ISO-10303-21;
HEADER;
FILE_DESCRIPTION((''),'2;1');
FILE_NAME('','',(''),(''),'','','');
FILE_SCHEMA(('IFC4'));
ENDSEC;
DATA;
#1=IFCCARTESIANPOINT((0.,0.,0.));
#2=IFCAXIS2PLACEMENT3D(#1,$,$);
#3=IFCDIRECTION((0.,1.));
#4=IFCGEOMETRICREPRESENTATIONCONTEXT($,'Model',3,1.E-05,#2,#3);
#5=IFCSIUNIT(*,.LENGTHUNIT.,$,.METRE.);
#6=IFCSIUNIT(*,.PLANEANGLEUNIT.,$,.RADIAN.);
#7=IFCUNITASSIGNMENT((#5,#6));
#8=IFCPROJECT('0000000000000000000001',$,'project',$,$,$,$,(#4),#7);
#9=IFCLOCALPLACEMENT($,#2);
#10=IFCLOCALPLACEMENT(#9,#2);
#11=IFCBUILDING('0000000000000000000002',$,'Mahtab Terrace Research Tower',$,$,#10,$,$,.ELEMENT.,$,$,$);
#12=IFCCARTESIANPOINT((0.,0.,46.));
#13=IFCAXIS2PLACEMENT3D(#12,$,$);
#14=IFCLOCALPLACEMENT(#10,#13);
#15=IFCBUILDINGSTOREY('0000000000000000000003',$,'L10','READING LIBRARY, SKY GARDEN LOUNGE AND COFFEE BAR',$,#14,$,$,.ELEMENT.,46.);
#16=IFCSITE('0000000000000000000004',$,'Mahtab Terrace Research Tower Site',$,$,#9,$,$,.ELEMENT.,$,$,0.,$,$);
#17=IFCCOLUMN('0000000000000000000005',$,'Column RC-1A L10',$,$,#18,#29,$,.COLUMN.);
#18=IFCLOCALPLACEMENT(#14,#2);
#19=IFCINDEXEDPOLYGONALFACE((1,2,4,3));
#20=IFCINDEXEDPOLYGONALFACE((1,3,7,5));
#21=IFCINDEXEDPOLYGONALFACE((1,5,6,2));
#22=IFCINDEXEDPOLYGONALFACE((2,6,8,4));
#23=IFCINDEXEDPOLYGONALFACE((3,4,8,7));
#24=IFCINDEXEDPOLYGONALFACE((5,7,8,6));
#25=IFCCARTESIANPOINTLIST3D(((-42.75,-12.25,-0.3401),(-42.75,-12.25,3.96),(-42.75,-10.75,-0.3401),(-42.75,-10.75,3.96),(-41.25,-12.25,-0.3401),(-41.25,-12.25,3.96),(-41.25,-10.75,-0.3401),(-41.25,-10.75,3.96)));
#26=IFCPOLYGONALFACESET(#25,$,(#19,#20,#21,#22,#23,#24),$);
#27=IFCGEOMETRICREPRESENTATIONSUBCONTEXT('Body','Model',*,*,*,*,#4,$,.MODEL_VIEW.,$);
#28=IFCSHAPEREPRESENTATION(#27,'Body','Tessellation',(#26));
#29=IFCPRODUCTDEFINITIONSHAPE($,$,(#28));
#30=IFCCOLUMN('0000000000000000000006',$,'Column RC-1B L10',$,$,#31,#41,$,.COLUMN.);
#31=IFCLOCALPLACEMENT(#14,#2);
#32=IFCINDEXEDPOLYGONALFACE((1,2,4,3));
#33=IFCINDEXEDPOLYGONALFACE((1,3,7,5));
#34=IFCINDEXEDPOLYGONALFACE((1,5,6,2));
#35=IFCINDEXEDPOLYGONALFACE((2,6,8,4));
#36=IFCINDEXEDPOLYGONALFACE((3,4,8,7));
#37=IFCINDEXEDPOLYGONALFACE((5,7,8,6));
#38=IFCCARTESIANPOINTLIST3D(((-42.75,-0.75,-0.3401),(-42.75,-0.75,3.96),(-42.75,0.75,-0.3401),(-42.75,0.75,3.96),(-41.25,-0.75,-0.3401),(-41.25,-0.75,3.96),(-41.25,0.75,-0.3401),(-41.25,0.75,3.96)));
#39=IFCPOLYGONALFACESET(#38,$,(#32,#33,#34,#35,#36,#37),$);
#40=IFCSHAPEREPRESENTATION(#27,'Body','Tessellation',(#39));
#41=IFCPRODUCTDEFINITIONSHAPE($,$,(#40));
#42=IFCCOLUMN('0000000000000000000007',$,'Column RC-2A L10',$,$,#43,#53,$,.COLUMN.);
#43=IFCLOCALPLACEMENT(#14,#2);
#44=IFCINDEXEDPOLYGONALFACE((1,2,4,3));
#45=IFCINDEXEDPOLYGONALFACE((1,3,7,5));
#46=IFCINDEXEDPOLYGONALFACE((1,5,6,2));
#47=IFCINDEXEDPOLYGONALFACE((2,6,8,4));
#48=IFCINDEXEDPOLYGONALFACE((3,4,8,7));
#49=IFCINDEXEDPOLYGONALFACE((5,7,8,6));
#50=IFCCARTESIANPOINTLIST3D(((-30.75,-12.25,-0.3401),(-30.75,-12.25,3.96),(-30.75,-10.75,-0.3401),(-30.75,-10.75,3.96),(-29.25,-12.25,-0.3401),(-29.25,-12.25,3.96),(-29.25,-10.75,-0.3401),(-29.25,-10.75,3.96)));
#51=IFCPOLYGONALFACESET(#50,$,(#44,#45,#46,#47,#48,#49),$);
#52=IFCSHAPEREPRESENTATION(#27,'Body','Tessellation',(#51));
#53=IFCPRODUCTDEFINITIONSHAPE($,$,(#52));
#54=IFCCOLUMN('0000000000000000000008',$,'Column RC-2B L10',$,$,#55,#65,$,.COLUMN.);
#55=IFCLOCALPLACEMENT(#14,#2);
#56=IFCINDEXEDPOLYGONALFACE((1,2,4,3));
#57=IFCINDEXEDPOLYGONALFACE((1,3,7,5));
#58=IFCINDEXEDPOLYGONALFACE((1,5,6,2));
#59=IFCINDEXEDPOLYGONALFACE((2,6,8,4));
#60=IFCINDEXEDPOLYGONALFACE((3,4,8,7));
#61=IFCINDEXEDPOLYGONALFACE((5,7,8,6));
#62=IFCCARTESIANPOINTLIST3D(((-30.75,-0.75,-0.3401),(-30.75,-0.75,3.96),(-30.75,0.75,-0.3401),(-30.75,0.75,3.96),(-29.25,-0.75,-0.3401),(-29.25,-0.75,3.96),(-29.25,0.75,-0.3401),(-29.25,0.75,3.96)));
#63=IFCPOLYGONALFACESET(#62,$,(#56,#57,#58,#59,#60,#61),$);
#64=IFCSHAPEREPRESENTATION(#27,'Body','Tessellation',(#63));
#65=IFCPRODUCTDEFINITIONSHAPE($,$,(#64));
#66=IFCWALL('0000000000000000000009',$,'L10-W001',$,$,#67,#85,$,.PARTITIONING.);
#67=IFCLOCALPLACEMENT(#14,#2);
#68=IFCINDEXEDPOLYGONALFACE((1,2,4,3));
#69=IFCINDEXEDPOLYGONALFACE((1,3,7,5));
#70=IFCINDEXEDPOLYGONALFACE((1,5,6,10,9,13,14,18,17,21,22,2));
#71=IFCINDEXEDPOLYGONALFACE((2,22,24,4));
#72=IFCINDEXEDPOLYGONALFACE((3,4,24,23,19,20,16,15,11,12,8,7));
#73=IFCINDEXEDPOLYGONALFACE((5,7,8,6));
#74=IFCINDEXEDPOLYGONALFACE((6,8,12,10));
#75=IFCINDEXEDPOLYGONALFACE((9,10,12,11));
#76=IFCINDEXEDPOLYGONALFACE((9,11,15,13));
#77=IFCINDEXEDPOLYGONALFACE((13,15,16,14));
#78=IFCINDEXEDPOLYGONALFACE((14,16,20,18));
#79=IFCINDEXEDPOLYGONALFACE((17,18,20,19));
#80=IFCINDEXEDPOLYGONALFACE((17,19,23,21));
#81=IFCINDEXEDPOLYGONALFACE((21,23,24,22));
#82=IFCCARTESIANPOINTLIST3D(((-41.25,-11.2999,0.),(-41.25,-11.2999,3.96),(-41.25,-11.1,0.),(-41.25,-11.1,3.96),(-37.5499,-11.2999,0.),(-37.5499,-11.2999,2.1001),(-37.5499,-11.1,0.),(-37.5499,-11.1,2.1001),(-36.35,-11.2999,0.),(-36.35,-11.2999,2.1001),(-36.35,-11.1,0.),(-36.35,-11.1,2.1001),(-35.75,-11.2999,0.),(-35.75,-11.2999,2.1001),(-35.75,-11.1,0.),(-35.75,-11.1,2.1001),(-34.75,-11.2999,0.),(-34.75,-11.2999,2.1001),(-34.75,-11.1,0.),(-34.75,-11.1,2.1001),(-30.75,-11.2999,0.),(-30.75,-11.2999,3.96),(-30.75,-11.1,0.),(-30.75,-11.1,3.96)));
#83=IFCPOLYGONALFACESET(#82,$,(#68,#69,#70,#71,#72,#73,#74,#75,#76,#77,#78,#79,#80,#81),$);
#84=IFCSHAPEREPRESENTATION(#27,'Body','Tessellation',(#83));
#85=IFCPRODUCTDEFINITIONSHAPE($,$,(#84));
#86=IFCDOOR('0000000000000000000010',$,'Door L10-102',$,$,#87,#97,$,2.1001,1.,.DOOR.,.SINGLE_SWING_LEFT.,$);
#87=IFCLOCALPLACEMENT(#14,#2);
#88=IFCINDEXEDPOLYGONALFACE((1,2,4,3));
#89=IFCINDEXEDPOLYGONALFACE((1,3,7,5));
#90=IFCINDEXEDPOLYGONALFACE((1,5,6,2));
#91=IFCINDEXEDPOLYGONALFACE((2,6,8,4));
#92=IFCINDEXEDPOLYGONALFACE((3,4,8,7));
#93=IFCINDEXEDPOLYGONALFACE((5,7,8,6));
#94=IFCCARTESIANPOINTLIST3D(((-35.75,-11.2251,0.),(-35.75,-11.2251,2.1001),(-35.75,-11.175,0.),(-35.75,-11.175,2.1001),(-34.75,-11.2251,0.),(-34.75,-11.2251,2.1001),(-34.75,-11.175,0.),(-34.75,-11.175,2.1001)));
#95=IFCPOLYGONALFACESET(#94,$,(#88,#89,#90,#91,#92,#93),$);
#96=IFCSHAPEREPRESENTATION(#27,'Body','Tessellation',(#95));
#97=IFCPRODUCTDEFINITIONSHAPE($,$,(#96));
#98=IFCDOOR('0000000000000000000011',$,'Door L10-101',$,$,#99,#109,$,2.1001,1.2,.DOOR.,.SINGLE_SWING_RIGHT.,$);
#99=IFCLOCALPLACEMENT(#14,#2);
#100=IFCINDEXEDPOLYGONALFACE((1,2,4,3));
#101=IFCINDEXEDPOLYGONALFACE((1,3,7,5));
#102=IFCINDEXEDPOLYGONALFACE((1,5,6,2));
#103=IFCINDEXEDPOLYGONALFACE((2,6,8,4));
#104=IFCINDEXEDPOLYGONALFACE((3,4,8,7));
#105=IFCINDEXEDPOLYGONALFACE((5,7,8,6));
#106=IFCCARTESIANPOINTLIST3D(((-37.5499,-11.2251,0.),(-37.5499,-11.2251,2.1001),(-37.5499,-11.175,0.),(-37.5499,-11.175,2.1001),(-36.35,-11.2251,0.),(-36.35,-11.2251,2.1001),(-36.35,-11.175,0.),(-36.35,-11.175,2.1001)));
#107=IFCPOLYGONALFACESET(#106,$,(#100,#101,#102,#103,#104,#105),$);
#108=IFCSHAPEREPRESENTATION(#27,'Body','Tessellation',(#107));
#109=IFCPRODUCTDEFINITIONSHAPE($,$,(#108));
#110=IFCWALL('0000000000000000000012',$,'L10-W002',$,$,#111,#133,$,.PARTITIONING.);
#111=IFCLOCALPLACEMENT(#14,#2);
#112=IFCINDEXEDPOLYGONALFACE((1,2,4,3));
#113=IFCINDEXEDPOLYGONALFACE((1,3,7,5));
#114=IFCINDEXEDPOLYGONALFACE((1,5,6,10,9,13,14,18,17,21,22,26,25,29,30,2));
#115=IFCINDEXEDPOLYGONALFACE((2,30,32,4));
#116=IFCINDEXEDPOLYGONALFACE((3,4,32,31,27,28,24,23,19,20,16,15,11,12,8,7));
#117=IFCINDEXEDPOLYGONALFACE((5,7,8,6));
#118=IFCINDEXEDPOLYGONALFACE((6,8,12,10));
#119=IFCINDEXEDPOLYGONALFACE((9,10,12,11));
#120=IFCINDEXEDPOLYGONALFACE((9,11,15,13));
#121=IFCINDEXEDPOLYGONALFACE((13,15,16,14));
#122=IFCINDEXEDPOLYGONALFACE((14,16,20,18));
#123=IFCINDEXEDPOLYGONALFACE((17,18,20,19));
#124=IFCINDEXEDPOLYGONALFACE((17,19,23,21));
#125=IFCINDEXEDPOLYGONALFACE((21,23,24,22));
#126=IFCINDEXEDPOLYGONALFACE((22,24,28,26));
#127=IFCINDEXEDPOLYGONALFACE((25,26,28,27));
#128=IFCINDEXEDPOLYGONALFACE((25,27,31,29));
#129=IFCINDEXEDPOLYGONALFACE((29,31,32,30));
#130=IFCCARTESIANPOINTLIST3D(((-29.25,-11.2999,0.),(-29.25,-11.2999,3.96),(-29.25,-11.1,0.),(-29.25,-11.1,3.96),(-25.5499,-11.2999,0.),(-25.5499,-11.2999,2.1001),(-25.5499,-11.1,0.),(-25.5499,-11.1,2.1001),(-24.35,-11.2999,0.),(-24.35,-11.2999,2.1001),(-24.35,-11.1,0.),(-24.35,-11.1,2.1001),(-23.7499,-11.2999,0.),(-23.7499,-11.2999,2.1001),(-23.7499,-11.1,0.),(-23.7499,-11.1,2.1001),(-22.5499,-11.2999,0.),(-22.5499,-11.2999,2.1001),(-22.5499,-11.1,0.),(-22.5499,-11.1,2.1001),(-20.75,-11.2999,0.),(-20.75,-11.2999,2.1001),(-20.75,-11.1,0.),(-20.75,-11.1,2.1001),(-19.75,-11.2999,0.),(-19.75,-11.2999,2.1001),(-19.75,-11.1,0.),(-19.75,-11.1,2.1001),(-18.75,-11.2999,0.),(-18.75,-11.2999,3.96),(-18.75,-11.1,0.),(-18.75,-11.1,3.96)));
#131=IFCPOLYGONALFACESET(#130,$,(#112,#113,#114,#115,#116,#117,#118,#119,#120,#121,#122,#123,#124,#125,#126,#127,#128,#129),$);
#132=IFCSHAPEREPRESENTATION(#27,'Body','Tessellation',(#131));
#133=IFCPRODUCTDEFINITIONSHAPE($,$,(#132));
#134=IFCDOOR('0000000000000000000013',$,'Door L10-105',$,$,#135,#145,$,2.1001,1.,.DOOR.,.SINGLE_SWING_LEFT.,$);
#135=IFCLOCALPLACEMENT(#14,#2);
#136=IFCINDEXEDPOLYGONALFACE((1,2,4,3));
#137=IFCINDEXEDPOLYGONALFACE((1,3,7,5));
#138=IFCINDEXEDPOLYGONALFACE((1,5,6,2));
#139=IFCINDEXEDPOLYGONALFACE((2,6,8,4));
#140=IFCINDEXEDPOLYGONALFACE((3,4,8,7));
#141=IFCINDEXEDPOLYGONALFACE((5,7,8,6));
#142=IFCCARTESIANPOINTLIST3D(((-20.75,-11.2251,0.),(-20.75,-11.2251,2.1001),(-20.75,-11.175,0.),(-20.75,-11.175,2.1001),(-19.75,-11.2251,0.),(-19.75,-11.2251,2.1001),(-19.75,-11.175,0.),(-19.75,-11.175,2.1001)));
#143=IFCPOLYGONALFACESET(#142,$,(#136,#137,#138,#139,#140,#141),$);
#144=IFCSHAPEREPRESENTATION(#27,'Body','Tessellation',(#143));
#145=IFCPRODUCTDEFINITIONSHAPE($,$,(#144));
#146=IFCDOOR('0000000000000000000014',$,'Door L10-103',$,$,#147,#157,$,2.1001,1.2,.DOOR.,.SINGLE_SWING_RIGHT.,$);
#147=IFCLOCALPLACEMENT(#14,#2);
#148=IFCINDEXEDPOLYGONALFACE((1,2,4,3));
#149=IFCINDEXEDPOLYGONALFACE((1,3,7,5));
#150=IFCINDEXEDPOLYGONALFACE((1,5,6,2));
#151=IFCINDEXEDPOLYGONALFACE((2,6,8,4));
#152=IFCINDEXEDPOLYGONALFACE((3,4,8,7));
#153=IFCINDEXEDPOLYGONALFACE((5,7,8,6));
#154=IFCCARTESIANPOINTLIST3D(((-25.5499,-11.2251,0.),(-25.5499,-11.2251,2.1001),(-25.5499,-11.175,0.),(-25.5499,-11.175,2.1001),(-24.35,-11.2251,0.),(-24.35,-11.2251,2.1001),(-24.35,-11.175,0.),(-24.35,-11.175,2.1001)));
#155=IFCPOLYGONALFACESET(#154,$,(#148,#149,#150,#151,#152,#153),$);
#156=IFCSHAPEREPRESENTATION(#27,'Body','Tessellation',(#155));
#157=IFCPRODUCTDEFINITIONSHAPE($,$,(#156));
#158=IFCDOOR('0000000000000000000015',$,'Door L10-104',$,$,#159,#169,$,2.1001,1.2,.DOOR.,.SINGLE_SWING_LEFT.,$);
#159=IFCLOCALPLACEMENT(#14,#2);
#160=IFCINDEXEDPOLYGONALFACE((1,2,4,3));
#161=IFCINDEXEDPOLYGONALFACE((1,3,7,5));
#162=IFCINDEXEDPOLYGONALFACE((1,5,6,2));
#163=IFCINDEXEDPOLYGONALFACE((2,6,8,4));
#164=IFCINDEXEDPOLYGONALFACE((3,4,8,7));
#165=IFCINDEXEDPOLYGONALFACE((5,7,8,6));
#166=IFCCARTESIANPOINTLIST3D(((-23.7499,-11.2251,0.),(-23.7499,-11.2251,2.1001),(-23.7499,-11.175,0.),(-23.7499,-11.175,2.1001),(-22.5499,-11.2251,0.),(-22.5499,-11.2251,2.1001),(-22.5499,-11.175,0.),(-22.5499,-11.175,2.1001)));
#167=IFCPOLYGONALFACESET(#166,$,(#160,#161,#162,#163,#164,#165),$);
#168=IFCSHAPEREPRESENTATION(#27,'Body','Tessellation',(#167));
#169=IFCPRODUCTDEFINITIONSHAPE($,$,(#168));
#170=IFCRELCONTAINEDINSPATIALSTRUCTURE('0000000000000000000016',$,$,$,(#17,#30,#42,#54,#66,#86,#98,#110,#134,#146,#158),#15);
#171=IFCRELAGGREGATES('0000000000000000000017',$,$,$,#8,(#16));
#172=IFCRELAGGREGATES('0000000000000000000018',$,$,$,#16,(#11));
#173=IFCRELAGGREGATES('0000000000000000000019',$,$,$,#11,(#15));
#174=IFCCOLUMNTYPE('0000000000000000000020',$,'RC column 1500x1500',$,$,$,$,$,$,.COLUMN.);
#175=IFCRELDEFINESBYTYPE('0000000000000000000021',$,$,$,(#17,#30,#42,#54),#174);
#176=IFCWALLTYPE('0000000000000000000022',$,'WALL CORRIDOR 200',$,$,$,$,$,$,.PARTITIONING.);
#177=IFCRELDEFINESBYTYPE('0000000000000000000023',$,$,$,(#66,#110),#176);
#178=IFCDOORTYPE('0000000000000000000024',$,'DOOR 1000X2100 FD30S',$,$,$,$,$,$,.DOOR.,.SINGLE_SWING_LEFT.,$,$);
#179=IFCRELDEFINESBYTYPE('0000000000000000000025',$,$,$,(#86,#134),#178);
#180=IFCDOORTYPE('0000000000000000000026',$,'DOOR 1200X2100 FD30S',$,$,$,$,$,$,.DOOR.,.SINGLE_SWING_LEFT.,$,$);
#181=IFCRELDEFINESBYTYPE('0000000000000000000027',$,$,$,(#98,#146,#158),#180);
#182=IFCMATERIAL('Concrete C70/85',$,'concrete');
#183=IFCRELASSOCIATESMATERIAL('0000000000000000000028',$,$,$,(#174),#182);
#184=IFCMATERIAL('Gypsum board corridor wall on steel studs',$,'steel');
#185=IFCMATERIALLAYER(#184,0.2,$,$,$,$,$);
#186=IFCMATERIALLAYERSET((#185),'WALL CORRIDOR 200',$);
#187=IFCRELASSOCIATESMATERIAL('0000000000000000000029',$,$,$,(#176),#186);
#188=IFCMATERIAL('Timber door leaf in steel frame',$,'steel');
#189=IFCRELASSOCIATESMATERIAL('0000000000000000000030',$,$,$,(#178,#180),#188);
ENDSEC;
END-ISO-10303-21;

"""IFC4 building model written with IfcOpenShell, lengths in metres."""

from ifc_helpers import new_model, si_unit, direction, frame, frame_2d, origin, origin_2d, place, context, subcontext, project, spatial, rectangle, extrude, material, layer, layer_set, material_profile, profile_set, type_object, element, fill, save


model = new_model("IFC4")

# Units and contexts
model_context = context("Model", 3, precision=1e-05, world=origin(), true_north=direction((0.0, 1.0)))
body_context = subcontext(model_context, "Body", "Model", "MODEL_VIEW")
ifc_project = project(units=[si_unit("LENGTHUNIT", "METRE"), si_unit("PLANEANGLEUNIT", "RADIAN")], contexts=[model_context])

# Site, building, storey
site_placement = place(None, origin())
site = spatial("IfcSite", under=ifc_project, at=site_placement, Name="Mahtab Terrace Research Tower Site", CompositionType="ELEMENT", RefElevation=0.0)
building_placement = place(site_placement, origin())
building = spatial("IfcBuilding", under=site, at=building_placement, Name="Mahtab Terrace Research Tower", CompositionType="ELEMENT")
storey_placement = place(building_placement, frame((0.0, 0.0, 46.0)))
storey = spatial("IfcBuildingStorey", under=building, at=storey_placement, Name="L10", Description="READING LIBRARY, SKY GARDEN LOUNGE AND COFFEE BAR", CompositionType="ELEMENT", Elevation=46.0)

# Columns
ifc_material_1 = material(Name="Concrete C70/85", Category="concrete")
ifc_material_profile = material_profile(ifc_material_1, rectangle(XDim=1.5, YDim=1.5, at=origin_2d()), Name="RC column 1500x1500")
ifc_profile_set = profile_set([ifc_material_profile], Name="Concrete C70/85")
column_type = type_object("IfcColumnType", Name="RC column 1500x1500", PredefinedType="COLUMN", material=ifc_profile_set)
for number, where, z_axis, x_axis, name in (
    (1, (-42.0, -11.5, -0.3401), (0.0, 0.0, 1.0), (1.0, 0.0, 0.0), "Column RC-1A L10"),
    (2, (-42.0, 0.0, -0.3401), (0.0, 0.0, 1.0), (1.0, 0.0, 0.0), "Column RC-1B L10"),
    (3, (-30.0, -11.5, -0.3401), (0.0, 0.0, 1.0), (1.0, 0.0, 0.0), "Column RC-2A L10"),
    (4, (-30.0, 0.0, -0.3401), (0.0, 0.0, 1.0), (1.0, 0.0, 0.0), "Column RC-2B L10"),
):
    element("IfcColumn", number, at=place(storey_placement, frame(where, z_axis=z_axis, x_axis=x_axis)), inside=storey, type_object=column_type, Name=name, PredefinedType="COLUMN", context=body_context, shape_type="SweptSolid", body=[
        extrude(rectangle(XDim=1.5, YDim=1.5, at=origin_2d()), origin(), (0.0, 0.0, 1.0), 4.3),
    ])

# Walls, openings, doors
ifc_material_2 = material(Name="Gypsum board corridor wall on steel studs", Category="steel")
ifc_layer_1 = layer(ifc_material_2, 0.2)
ifc_layer_set_1 = layer_set([ifc_layer_1], Name="WALL CORRIDOR 200")
wall_type_1 = type_object("IfcWallType", Name="WALL CORRIDOR 200", PredefinedType="PARTITIONING", material=ifc_layer_set_1)
wall_1_placement = place(storey_placement, frame((-41.25, -11.2, 0.0), z_axis=(0.0, 0.0, 1.0), x_axis=(1.0, 0.0, 0.0)))
wall_1 = element("IfcWall", 5, at=wall_1_placement, inside=storey, type_object=wall_type_1, Name="L10-W001", PredefinedType="PARTITIONING", context=body_context, shape_type="SweptSolid", body=[
    extrude(rectangle(XDim=10.5, YDim=0.2, at=frame_2d((5.25, 0.0))), origin(), (0.0, 0.0, 1.0), 3.96),
])
opening_1_placement = place(wall_1_placement, frame((3.7, 0.0, 0.0)))
opening_1 = element("IfcOpeningElement", 6, at=opening_1_placement, cuts=wall_1, PredefinedType="OPENING", context=body_context, shape_type="SweptSolid", body=[
    extrude(rectangle(XDim=1.2, YDim=2.1001, at=frame_2d((0.6001, 1.05))), frame((0.0, 0.1099, 0.0), z_axis=(0.0, -1.0, 0.0), x_axis=(1.0, 0.0, 0.0)), (0.0, 0.0, 1.0), 0.22),
])
opening_2_placement = place(wall_1_placement, frame((5.5, 0.0, 0.0)))
opening_2 = element("IfcOpeningElement", 7, at=opening_2_placement, cuts=wall_1, PredefinedType="OPENING", context=body_context, shape_type="SweptSolid", body=[
    extrude(rectangle(XDim=1.0, YDim=2.1001, at=frame_2d((0.5, 1.05))), frame((0.0, 0.1099, 0.0), z_axis=(0.0, -1.0, 0.0), x_axis=(1.0, 0.0, 0.0)), (0.0, 0.0, 1.0), 0.22),
])
ifc_material_3 = material(Name="Timber door leaf in steel frame", Category="steel")
door_type_1 = type_object("IfcDoorType", Name="DOOR 1000X2100 FD30S", OperationType="SINGLE_SWING_LEFT", PredefinedType="DOOR", material=ifc_material_3)
door_1_placement = place(opening_2_placement, origin())
door_1 = element("IfcDoor", 8, at=door_1_placement, inside=storey, type_object=door_type_1, Name="Door L10-102", OperationType="SINGLE_SWING_LEFT", OverallHeight=2.1001, OverallWidth=1.0, PredefinedType="DOOR", context=body_context, shape_type="SweptSolid", body=[
    extrude(rectangle(XDim=1.0, YDim=2.1001, at=frame_2d((0.5, 1.05))), frame((0.0, 0.0249, 0.0), z_axis=(0.0, -1.0, 0.0), x_axis=(1.0, 0.0, 0.0)), (0.0, 0.0, 1.0), 0.05),
])
fill(opening_2, door_1)
door_type_2 = type_object("IfcDoorType", Name="DOOR 1200X2100 FD30S", OperationType="SINGLE_SWING_LEFT", PredefinedType="DOOR", material=ifc_material_3)
door_2_placement = place(opening_1_placement, origin())
door_2 = element("IfcDoor", 9, at=door_2_placement, inside=storey, type_object=door_type_2, Name="Door L10-101", OperationType="SINGLE_SWING_RIGHT", OverallHeight=2.1001, OverallWidth=1.2, PredefinedType="DOOR", context=body_context, shape_type="SweptSolid", body=[
    extrude(rectangle(XDim=1.2, YDim=2.1001, at=frame_2d((0.6001, 1.05))), frame((0.0, 0.0249, 0.0), z_axis=(0.0, -1.0, 0.0), x_axis=(1.0, 0.0, 0.0)), (0.0, 0.0, 1.0), 0.05),
])
fill(opening_1, door_2)
wall_2_placement = place(storey_placement, frame((-29.25, -11.2, 0.0), z_axis=(0.0, 0.0, 1.0), x_axis=(1.0, 0.0, 0.0)))
wall_2 = element("IfcWall", 10, at=wall_2_placement, inside=storey, type_object=wall_type_1, Name="L10-W002", PredefinedType="PARTITIONING", context=body_context, shape_type="SweptSolid", body=[
    extrude(rectangle(XDim=10.5, YDim=0.2, at=frame_2d((5.25, 0.0))), origin(), (0.0, 0.0, 1.0), 3.96),
])
opening_3_placement = place(wall_2_placement, frame((3.7, 0.0, 0.0)))
opening_3 = element("IfcOpeningElement", 11, at=opening_3_placement, cuts=wall_2, PredefinedType="OPENING", context=body_context, shape_type="SweptSolid", body=[
    extrude(rectangle(XDim=1.2, YDim=2.1001, at=frame_2d((0.6001, 1.05))), frame((0.0, 0.1099, 0.0), z_axis=(0.0, -1.0, 0.0), x_axis=(1.0, 0.0, 0.0)), (0.0, 0.0, 1.0), 0.22),
])
opening_4_placement = place(wall_2_placement, frame((5.5, 0.0, 0.0)))
opening_4 = element("IfcOpeningElement", 12, at=opening_4_placement, cuts=wall_2, PredefinedType="OPENING", context=body_context, shape_type="SweptSolid", body=[
    extrude(rectangle(XDim=1.2, YDim=2.1001, at=frame_2d((0.6001, 1.05))), frame((0.0, 0.1099, 0.0), z_axis=(0.0, -1.0, 0.0), x_axis=(1.0, 0.0, 0.0)), (0.0, 0.0, 1.0), 0.22),
])
opening_5_placement = place(wall_2_placement, frame((8.5, 0.0, 0.0)))
opening_5 = element("IfcOpeningElement", 13, at=opening_5_placement, cuts=wall_2, PredefinedType="OPENING", context=body_context, shape_type="SweptSolid", body=[
    extrude(rectangle(XDim=1.0, YDim=2.1001, at=frame_2d((0.5, 1.05))), frame((0.0, 0.1099, 0.0), z_axis=(0.0, -1.0, 0.0), x_axis=(1.0, 0.0, 0.0)), (0.0, 0.0, 1.0), 0.22),
])
door_3_placement = place(opening_5_placement, origin())
door_3 = element("IfcDoor", 14, at=door_3_placement, inside=storey, type_object=door_type_1, Name="Door L10-105", OperationType="SINGLE_SWING_LEFT", OverallHeight=2.1001, OverallWidth=1.0, PredefinedType="DOOR", context=body_context, shape_type="SweptSolid", body=[
    extrude(rectangle(XDim=1.0, YDim=2.1001, at=frame_2d((0.5, 1.05))), frame((0.0, 0.0249, 0.0), z_axis=(0.0, -1.0, 0.0), x_axis=(1.0, 0.0, 0.0)), (0.0, 0.0, 1.0), 0.05),
])
fill(opening_5, door_3)
door_4_placement = place(opening_3_placement, origin())
door_4 = element("IfcDoor", 15, at=door_4_placement, inside=storey, type_object=door_type_2, Name="Door L10-103", OperationType="SINGLE_SWING_RIGHT", OverallHeight=2.1001, OverallWidth=1.2, PredefinedType="DOOR", context=body_context, shape_type="SweptSolid", body=[
    extrude(rectangle(XDim=1.2, YDim=2.1001, at=frame_2d((0.6001, 1.05))), frame((0.0, 0.0249, 0.0), z_axis=(0.0, -1.0, 0.0), x_axis=(1.0, 0.0, 0.0)), (0.0, 0.0, 1.0), 0.05),
])
fill(opening_3, door_4)
door_5_placement = place(opening_4_placement, origin())
door_5 = element("IfcDoor", 16, at=door_5_placement, inside=storey, type_object=door_type_2, Name="Door L10-104", OperationType="SINGLE_SWING_LEFT", OverallHeight=2.1001, OverallWidth=1.2, PredefinedType="DOOR", context=body_context, shape_type="SweptSolid", body=[
    extrude(rectangle(XDim=1.2, YDim=2.1001, at=frame_2d((0.6001, 1.05))), frame((0.0, 0.0249, 0.0), z_axis=(0.0, -1.0, 0.0), x_axis=(1.0, 0.0, 0.0)), (0.0, 0.0, 1.0), 0.05),
])
fill(opening_4, door_5)

save(model, "model.ifc")
